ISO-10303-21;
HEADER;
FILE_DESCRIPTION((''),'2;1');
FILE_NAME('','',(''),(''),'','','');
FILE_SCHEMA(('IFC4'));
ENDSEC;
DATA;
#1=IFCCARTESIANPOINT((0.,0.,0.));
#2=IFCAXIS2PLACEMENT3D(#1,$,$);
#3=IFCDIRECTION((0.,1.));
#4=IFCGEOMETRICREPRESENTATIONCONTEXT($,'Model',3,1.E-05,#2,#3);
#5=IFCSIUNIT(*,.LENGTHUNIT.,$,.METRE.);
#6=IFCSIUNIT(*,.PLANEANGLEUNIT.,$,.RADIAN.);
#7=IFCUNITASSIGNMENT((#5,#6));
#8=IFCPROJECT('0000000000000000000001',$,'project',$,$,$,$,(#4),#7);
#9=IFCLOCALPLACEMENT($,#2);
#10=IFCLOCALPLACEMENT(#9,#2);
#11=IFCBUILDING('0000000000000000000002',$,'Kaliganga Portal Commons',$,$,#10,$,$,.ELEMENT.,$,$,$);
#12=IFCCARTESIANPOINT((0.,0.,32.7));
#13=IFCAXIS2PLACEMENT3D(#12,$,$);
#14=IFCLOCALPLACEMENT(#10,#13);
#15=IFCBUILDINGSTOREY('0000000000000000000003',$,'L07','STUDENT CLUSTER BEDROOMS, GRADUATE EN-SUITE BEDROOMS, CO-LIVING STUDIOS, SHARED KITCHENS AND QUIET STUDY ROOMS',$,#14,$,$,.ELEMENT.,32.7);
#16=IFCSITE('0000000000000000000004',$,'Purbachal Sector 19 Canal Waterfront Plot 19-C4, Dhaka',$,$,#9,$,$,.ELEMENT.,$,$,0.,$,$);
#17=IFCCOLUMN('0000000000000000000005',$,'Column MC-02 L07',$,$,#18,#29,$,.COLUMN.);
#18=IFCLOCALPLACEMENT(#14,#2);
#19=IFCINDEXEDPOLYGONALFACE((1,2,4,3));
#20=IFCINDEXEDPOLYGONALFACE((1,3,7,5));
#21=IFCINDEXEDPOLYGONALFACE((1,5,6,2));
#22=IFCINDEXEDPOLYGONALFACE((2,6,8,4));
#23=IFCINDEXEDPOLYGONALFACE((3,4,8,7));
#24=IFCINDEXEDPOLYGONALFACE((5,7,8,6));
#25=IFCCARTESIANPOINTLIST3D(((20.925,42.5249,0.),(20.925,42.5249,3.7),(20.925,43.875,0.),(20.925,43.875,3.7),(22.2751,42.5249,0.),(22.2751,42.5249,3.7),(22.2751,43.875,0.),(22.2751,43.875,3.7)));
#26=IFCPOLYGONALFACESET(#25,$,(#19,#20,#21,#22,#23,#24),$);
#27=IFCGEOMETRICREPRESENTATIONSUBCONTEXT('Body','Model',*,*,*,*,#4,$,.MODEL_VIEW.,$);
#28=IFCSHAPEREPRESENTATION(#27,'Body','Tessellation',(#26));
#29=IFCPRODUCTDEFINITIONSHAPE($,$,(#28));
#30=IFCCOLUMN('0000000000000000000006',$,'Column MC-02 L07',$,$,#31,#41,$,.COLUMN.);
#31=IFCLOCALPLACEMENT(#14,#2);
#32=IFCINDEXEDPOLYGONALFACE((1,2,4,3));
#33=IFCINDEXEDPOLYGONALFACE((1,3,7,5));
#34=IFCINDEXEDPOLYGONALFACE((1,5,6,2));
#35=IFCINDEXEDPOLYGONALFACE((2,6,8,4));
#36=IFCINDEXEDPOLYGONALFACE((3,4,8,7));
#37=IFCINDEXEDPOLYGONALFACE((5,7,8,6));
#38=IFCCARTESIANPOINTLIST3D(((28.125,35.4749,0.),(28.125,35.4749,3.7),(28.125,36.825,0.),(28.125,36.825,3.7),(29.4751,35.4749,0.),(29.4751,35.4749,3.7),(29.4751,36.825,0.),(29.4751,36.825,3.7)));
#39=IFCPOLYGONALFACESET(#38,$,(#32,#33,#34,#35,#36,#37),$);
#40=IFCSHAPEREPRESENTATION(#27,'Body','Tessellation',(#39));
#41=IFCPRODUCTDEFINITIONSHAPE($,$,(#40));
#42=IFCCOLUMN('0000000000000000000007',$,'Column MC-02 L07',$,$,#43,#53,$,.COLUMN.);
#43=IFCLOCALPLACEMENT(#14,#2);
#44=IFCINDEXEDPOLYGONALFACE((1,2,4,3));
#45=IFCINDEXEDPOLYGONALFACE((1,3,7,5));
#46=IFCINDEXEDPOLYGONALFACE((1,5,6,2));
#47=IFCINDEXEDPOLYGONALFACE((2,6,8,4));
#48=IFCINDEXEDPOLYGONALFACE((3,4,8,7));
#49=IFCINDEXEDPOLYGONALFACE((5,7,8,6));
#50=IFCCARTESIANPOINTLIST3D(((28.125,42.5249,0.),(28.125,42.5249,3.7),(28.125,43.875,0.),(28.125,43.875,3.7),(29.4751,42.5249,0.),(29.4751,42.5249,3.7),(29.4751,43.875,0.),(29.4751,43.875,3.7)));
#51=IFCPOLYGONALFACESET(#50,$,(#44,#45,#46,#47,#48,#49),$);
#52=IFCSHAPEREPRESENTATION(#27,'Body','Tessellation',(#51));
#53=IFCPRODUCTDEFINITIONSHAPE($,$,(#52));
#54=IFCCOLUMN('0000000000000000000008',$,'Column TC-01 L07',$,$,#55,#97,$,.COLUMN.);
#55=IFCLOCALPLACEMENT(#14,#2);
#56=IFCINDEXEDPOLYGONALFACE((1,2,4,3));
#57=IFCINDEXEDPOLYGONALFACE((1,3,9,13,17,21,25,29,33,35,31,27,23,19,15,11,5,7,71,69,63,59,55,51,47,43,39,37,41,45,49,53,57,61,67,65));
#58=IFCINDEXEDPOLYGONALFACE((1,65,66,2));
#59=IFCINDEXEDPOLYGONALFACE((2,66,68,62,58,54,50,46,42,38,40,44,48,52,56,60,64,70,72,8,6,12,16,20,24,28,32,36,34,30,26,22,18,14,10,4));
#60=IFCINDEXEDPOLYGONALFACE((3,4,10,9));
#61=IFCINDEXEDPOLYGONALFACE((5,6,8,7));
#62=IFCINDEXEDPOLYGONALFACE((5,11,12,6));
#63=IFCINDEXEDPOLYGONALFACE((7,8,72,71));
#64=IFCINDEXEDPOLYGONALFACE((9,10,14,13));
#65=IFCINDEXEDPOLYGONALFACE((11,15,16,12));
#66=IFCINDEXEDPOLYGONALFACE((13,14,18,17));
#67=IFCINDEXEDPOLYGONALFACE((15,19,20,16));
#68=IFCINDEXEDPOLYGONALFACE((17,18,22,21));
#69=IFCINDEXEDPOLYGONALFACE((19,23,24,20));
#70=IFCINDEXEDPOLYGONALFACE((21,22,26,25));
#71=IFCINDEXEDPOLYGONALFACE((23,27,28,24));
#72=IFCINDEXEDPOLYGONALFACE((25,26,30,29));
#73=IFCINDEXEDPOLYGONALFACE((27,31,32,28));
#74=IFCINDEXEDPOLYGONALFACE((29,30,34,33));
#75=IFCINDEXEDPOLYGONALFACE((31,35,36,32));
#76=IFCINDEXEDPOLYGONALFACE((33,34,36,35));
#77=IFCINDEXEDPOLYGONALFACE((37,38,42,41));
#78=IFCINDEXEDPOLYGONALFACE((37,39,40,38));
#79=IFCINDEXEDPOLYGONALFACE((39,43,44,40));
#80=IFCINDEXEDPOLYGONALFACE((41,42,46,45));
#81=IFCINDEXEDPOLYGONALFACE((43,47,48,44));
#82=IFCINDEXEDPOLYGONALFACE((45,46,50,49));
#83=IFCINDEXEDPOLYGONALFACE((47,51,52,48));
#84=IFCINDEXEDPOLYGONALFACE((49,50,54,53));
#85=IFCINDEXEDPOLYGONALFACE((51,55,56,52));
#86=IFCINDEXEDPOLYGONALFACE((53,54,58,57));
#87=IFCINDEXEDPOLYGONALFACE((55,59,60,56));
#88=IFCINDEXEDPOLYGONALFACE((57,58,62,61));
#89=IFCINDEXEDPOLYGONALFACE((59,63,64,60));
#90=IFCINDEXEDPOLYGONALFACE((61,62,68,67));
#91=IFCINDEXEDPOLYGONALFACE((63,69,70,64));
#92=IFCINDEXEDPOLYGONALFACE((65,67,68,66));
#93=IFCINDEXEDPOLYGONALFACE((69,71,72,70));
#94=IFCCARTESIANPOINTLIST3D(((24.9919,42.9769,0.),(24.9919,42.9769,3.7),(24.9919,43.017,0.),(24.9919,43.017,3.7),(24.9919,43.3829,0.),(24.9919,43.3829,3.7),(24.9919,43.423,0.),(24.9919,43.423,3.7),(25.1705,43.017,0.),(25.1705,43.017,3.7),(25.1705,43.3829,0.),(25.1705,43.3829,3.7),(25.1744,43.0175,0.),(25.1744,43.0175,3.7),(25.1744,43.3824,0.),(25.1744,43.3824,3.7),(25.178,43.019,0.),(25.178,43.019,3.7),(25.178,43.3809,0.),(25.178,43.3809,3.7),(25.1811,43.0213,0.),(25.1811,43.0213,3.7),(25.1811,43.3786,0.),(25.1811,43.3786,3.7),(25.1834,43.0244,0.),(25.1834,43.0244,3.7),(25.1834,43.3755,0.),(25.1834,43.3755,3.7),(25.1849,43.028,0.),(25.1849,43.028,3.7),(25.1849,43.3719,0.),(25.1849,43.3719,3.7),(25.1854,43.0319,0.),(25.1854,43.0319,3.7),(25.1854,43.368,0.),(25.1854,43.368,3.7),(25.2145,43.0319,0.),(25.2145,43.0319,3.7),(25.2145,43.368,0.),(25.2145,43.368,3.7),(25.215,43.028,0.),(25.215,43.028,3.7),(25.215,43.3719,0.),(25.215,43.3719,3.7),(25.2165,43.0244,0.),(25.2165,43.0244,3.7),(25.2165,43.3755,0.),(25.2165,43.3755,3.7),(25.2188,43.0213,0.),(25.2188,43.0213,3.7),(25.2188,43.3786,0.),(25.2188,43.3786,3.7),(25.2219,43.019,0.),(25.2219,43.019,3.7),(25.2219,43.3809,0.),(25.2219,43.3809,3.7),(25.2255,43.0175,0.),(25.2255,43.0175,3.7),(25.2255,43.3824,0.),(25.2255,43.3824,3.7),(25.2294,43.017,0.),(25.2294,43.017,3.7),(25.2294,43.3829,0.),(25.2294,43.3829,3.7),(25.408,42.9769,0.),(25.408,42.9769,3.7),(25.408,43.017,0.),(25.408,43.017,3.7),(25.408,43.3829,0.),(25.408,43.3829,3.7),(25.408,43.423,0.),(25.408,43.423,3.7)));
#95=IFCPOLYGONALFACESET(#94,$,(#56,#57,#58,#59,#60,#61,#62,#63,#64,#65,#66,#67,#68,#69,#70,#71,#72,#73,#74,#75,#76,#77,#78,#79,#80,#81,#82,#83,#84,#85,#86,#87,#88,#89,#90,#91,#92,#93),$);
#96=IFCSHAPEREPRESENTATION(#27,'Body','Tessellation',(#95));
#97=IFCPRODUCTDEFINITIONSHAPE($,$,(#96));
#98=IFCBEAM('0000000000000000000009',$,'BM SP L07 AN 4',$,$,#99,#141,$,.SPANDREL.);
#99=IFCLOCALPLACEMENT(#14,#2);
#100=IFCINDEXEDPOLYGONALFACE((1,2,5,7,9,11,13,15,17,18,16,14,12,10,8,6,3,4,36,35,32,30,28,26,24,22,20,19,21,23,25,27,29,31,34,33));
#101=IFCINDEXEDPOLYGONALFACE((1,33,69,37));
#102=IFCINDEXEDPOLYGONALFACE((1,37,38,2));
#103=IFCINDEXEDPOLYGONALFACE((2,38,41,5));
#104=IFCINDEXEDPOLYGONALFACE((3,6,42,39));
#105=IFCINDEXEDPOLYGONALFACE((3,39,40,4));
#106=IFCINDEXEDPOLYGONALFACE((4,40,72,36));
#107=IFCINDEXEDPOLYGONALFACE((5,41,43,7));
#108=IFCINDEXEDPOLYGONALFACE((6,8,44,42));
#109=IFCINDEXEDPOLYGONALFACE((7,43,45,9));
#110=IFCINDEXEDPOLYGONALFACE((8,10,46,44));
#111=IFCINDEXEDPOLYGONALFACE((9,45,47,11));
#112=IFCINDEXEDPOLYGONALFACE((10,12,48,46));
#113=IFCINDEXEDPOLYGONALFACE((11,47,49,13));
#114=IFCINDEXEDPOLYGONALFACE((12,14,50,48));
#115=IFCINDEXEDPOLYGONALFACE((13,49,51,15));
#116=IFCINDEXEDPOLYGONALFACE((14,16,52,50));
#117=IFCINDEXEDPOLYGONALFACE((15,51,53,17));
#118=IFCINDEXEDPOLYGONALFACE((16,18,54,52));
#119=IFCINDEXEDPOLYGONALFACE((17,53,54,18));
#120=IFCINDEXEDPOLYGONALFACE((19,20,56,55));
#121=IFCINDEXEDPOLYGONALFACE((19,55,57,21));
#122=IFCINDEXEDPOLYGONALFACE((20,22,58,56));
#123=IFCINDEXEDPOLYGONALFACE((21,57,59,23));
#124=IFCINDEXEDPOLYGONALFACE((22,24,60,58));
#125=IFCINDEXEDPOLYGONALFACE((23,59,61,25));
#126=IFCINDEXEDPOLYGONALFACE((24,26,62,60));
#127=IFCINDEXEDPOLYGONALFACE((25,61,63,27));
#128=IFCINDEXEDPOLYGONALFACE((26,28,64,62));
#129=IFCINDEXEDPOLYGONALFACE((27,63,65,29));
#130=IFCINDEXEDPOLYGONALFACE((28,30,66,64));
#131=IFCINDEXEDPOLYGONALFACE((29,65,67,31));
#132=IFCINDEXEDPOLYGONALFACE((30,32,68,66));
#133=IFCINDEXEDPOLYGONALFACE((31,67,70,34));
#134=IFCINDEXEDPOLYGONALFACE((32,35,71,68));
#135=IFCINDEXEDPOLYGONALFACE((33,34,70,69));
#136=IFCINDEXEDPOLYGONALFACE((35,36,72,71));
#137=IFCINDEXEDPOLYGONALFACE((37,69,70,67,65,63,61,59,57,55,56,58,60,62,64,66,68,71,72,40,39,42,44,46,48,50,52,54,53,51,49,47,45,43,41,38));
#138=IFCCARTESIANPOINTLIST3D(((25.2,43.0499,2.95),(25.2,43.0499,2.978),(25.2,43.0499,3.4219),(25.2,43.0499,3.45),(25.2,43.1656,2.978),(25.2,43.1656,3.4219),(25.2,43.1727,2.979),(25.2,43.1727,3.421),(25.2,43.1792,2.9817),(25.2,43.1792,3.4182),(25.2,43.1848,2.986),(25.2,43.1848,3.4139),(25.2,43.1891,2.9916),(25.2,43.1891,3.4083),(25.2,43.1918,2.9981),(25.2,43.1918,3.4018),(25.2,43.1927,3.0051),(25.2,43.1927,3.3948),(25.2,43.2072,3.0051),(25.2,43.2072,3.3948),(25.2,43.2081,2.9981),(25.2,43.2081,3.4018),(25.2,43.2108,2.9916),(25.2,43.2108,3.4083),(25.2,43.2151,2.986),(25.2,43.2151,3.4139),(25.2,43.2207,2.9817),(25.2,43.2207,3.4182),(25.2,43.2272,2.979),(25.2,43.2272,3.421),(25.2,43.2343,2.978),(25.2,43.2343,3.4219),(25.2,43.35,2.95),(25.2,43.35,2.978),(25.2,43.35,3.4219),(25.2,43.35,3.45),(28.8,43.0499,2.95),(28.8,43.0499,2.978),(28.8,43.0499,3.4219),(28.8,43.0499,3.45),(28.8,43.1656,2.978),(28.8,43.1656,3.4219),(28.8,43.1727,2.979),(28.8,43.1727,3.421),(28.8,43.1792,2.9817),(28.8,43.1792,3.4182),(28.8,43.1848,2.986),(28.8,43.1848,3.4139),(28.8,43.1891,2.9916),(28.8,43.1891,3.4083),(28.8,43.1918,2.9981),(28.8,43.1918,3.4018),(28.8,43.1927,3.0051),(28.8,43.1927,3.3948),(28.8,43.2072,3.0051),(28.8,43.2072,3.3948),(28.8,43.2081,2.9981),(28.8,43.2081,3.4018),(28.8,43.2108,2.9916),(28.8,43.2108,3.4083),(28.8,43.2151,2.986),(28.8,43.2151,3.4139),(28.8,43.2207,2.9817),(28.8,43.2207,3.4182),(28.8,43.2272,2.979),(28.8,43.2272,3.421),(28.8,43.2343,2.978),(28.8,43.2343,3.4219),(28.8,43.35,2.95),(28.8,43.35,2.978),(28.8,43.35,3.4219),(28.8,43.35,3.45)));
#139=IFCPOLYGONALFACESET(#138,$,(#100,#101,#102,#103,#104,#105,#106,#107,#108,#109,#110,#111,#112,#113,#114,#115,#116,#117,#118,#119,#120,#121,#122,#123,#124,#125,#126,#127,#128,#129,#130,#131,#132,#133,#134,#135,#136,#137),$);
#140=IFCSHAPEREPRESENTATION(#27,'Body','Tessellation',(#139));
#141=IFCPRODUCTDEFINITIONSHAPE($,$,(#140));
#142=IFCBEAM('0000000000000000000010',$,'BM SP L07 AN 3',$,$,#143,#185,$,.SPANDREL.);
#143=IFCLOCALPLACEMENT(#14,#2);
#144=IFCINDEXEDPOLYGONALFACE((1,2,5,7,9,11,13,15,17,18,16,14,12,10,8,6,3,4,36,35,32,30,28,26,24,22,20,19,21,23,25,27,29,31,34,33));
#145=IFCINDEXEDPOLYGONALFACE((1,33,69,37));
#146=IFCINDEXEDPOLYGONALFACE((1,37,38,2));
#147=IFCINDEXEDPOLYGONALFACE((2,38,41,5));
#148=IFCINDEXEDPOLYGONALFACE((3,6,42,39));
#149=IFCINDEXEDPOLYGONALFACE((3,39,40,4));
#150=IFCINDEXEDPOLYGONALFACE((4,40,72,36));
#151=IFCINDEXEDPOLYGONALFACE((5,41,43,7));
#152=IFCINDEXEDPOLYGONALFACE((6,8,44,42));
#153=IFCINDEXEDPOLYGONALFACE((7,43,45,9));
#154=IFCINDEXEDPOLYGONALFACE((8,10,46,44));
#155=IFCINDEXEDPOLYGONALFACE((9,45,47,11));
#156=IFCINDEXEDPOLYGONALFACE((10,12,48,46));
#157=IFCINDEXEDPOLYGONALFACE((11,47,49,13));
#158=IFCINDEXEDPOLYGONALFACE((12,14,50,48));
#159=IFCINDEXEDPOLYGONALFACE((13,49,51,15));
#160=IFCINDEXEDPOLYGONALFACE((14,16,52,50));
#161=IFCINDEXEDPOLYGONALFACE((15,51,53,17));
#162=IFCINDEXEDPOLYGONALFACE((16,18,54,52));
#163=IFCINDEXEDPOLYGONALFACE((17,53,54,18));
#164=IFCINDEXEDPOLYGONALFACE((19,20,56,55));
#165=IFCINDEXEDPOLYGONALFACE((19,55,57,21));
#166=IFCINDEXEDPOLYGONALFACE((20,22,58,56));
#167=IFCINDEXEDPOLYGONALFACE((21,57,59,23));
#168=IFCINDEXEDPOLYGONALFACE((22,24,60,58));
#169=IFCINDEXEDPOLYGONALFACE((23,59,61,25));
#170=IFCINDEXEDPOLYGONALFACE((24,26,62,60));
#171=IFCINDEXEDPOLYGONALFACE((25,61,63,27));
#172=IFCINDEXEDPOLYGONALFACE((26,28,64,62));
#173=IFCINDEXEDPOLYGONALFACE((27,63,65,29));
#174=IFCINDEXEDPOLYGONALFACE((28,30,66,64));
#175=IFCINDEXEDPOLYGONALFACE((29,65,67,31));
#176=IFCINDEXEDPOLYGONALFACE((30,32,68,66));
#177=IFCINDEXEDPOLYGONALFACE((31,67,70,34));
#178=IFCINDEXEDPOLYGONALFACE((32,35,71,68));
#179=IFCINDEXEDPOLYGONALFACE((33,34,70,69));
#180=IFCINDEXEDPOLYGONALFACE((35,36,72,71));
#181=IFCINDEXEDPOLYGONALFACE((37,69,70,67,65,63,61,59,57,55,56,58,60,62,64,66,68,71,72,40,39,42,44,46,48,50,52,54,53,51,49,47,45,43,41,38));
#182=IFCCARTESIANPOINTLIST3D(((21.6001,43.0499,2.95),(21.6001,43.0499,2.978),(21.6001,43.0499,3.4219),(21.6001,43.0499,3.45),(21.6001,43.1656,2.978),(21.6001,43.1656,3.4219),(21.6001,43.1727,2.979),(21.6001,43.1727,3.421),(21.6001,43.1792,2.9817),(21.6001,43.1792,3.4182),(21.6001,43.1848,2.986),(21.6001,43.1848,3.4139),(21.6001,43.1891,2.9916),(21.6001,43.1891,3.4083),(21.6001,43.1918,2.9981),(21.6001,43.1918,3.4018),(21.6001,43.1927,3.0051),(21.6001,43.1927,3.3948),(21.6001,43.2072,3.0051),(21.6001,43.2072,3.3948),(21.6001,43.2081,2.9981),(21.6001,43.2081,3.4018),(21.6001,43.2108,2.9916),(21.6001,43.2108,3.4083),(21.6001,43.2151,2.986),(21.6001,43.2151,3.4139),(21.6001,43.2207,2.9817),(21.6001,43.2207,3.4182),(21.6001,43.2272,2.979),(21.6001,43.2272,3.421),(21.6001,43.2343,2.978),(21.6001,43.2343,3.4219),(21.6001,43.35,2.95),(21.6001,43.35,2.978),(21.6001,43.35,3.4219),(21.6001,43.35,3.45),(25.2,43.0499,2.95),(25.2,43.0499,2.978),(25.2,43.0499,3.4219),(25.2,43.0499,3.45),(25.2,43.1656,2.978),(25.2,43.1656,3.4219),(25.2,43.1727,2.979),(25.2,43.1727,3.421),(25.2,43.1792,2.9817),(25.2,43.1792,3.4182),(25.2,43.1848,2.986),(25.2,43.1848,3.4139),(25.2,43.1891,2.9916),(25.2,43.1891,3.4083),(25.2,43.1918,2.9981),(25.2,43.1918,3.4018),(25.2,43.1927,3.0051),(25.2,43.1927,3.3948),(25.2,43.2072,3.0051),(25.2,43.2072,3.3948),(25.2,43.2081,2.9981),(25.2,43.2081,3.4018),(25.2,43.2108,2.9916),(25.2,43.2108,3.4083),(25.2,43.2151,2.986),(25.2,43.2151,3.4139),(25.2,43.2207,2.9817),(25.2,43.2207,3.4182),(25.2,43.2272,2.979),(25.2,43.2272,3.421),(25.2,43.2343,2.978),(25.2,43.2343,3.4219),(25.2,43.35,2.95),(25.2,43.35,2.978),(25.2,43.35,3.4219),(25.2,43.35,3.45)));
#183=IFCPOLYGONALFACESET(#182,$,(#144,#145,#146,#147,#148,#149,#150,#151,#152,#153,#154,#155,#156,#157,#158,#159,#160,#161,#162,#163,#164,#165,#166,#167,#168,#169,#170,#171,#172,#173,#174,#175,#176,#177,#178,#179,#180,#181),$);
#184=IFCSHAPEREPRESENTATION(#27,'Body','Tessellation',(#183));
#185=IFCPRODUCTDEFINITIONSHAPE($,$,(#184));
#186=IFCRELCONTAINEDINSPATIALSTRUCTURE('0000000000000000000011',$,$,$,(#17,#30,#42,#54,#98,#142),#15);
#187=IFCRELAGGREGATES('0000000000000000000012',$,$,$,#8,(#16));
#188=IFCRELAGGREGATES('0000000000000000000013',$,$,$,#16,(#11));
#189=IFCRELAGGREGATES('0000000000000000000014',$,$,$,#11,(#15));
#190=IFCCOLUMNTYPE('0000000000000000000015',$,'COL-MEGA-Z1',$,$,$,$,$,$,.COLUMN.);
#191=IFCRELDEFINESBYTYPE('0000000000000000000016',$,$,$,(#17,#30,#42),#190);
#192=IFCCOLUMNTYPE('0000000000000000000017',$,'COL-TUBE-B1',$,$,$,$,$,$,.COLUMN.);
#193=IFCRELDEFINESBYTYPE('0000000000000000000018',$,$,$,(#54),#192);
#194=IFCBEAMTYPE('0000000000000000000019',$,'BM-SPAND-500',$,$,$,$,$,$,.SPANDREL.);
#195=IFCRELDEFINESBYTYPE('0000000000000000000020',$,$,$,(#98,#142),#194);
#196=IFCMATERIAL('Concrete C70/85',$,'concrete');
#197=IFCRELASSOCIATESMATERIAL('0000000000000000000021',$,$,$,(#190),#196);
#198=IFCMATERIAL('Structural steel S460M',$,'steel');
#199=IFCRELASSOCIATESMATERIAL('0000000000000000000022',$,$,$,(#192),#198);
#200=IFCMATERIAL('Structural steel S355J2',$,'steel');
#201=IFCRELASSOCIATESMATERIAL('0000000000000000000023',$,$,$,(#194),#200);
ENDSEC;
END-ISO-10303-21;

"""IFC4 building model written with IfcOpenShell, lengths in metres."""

from ifc_helpers import new_model, si_unit, direction, frame, origin, origin_2d, place, context, subcontext, project, spatial, rectangle, i_section, extrude, source, transform, mapped, material, material_profile, profile_set, type_object, element, save


model = new_model("IFC4")

# Units and contexts
model_context = context("Model", 3, precision=1e-05, world=origin(), true_north=direction((0.0, 1.0)))
body_context = subcontext(model_context, "Body", "Model", "MODEL_VIEW")
ifc_project = project(units=[si_unit("LENGTHUNIT", "METRE"), si_unit("PLANEANGLEUNIT", "RADIAN")], contexts=[model_context])

# Site, building, storey
site_placement = place(None, origin())
site = spatial("IfcSite", under=ifc_project, at=site_placement, Name="Purbachal Sector 19 Canal Waterfront Plot 19-C4, Dhaka", CompositionType="ELEMENT", RefElevation=0.0)
building_placement = place(site_placement, origin())
building = spatial("IfcBuilding", under=site, at=building_placement, Name="Kaliganga Portal Commons", CompositionType="ELEMENT")
storey_placement = place(building_placement, frame((0.0, 0.0, 32.7)))
storey = spatial("IfcBuildingStorey", under=building, at=storey_placement, Name="L07", Description="STUDENT CLUSTER BEDROOMS, GRADUATE EN-SUITE BEDROOMS, CO-LIVING STUDIOS, SHARED KITCHENS AND QUIET STUDY ROOMS", CompositionType="ELEMENT", Elevation=32.7)

# Columns
ifc_material_1 = material(Name="Concrete C70/85", Category="concrete")
ifc_material_profile_1 = material_profile(ifc_material_1, rectangle(XDim=1.3501, YDim=1.3501, at=origin_2d()), Name="RC 1350x1350")
ifc_profile_set_1 = profile_set([ifc_material_profile_1], Name="Concrete C70/85")
column_type_1 = type_object("IfcColumnType", Name="COL-MEGA-Z1", PredefinedType="COLUMN", material=ifc_profile_set_1)
shared_shape_1 = source(origin(), body_context, "Body", "SweptSolid", [
    extrude(rectangle(XDim=1.3501, YDim=1.3501, at=origin_2d()), origin(), (0.0, 0.0, 1.0), 3.7),
])
for number, where, z_axis, x_axis, name in (
    (1, (21.6001, 43.2, 0.0), (0.0, 0.0, 1.0), (1.0, 0.0, 0.0), "Column MC-02 L07"),
    (2, (28.8, 36.1499, 0.0), (0.0, 0.0, 1.0), (1.0, 0.0, 0.0), "Column MC-02 L07"),
    (3, (28.8, 43.2, 0.0), (0.0, 0.0, 1.0), (1.0, 0.0, 0.0), "Column MC-02 L07"),
):
    element("IfcColumn", number, at=place(storey_placement, frame(where, z_axis=z_axis, x_axis=x_axis)), inside=storey, type_object=column_type_1, Name=name, PredefinedType="COLUMN", context=body_context, shape_type="MappedRepresentation", body=[
        mapped(shared_shape_1, transform((0.0, 0.0, 0.0), x_axis=(1.0, 0.0, 0.0), y_axis=(0.0, 1.0, 0.0), z_axis=(0.0, 0.0, 1.0), scale=1.0)),
    ])
ifc_material_2 = material(Name="Structural steel S460M", Category="steel")
ifc_material_profile_2 = material_profile(ifc_material_2, i_section(OverallWidth=0.416, OverallDepth=0.446, WebThickness=0.0291, FlangeThickness=0.04, FilletRadius=0.0149, at=origin_2d()), Name="HD 400x509")
ifc_profile_set_2 = profile_set([ifc_material_profile_2], Name="Structural steel S460M wide-flange")
column_type_2 = type_object("IfcColumnType", Name="COL-TUBE-B1", PredefinedType="COLUMN", material=ifc_profile_set_2)
shared_shape_2 = source(origin(), body_context, "Body", "SweptSolid", [
    extrude(i_section(OverallWidth=0.416, OverallDepth=0.446, WebThickness=0.0291, FlangeThickness=0.04, FilletRadius=0.0149, at=origin_2d()), origin(), (0.0, 0.0, 1.0), 3.7),
])
column_placement = place(storey_placement, frame((25.2, 43.2, 0.0), z_axis=(0.0, 0.0, 1.0), x_axis=(1.0, 0.0, 0.0)))
element("IfcColumn", 4, at=column_placement, inside=storey, type_object=column_type_2, Name="Column TC-01 L07", PredefinedType="COLUMN", context=body_context, shape_type="MappedRepresentation", body=[
    mapped(shared_shape_2, transform((0.0, 0.0, 0.0), x_axis=(1.0, 0.0, 0.0), y_axis=(0.0, 1.0, 0.0), z_axis=(0.0, 0.0, 1.0), scale=1.0)),
])

# Beams
ifc_material_3 = material(Name="Structural steel S355J2", Category="steel")
ifc_material_profile_3 = material_profile(ifc_material_3, i_section(OverallWidth=0.3, OverallDepth=0.5, WebThickness=0.0144, FlangeThickness=0.0281, FilletRadius=0.0271, at=origin_2d()), Name="HE 500 B")
ifc_profile_set_3 = profile_set([ifc_material_profile_3], Name="Structural steel S355J2 wide-flange")
beam_type_1 = type_object("IfcBeamType", Name="BM-SPAND-500", PredefinedType="SPANDREL", material=ifc_profile_set_3)
shared_shape_3 = source(origin(), body_context, "Body", "SweptSolid", [
    extrude(i_section(OverallWidth=0.3, OverallDepth=0.5, WebThickness=0.0144, FlangeThickness=0.0281, FilletRadius=0.0271, at=origin_2d()), origin(), (0.0, 0.0, 1.0), 3.6001),
])
beam_1_placement = place(storey_placement, frame((25.2, 43.2, 3.2), z_axis=(1.0, 0.0, 0.0), x_axis=(0.0, 1.0, 0.0)))
element("IfcBeam", 5, at=beam_1_placement, inside=storey, type_object=beam_type_1, Name="BM SP L07 AN 4", PredefinedType="SPANDREL", context=body_context, shape_type="MappedRepresentation", body=[
    mapped(shared_shape_3, transform((0.0, 0.0, 0.0), x_axis=(1.0, 0.0, 0.0), y_axis=(0.0, 1.0, 0.0), z_axis=(0.0, 0.0, 1.0), scale=1.0)),
])
shared_shape_4 = source(origin(), body_context, "Body", "SweptSolid", [
    extrude(i_section(OverallWidth=0.3, OverallDepth=0.5, WebThickness=0.0144, FlangeThickness=0.0281, FilletRadius=0.0271, at=origin_2d()), origin(), (0.0, 0.0, 1.0), 3.5999),
])
beam_2_placement = place(storey_placement, frame((21.6001, 43.2, 3.2), z_axis=(1.0, 0.0, 0.0), x_axis=(0.0, 1.0, 0.0)))
element("IfcBeam", 6, at=beam_2_placement, inside=storey, type_object=beam_type_1, Name="BM SP L07 AN 3", PredefinedType="SPANDREL", context=body_context, shape_type="MappedRepresentation", body=[
    mapped(shared_shape_4, transform((0.0, 0.0, 0.0), x_axis=(1.0, 0.0, 0.0), y_axis=(0.0, 1.0, 0.0), z_axis=(0.0, 0.0, 1.0), scale=1.0)),
])

save(model, "model.ifc")
